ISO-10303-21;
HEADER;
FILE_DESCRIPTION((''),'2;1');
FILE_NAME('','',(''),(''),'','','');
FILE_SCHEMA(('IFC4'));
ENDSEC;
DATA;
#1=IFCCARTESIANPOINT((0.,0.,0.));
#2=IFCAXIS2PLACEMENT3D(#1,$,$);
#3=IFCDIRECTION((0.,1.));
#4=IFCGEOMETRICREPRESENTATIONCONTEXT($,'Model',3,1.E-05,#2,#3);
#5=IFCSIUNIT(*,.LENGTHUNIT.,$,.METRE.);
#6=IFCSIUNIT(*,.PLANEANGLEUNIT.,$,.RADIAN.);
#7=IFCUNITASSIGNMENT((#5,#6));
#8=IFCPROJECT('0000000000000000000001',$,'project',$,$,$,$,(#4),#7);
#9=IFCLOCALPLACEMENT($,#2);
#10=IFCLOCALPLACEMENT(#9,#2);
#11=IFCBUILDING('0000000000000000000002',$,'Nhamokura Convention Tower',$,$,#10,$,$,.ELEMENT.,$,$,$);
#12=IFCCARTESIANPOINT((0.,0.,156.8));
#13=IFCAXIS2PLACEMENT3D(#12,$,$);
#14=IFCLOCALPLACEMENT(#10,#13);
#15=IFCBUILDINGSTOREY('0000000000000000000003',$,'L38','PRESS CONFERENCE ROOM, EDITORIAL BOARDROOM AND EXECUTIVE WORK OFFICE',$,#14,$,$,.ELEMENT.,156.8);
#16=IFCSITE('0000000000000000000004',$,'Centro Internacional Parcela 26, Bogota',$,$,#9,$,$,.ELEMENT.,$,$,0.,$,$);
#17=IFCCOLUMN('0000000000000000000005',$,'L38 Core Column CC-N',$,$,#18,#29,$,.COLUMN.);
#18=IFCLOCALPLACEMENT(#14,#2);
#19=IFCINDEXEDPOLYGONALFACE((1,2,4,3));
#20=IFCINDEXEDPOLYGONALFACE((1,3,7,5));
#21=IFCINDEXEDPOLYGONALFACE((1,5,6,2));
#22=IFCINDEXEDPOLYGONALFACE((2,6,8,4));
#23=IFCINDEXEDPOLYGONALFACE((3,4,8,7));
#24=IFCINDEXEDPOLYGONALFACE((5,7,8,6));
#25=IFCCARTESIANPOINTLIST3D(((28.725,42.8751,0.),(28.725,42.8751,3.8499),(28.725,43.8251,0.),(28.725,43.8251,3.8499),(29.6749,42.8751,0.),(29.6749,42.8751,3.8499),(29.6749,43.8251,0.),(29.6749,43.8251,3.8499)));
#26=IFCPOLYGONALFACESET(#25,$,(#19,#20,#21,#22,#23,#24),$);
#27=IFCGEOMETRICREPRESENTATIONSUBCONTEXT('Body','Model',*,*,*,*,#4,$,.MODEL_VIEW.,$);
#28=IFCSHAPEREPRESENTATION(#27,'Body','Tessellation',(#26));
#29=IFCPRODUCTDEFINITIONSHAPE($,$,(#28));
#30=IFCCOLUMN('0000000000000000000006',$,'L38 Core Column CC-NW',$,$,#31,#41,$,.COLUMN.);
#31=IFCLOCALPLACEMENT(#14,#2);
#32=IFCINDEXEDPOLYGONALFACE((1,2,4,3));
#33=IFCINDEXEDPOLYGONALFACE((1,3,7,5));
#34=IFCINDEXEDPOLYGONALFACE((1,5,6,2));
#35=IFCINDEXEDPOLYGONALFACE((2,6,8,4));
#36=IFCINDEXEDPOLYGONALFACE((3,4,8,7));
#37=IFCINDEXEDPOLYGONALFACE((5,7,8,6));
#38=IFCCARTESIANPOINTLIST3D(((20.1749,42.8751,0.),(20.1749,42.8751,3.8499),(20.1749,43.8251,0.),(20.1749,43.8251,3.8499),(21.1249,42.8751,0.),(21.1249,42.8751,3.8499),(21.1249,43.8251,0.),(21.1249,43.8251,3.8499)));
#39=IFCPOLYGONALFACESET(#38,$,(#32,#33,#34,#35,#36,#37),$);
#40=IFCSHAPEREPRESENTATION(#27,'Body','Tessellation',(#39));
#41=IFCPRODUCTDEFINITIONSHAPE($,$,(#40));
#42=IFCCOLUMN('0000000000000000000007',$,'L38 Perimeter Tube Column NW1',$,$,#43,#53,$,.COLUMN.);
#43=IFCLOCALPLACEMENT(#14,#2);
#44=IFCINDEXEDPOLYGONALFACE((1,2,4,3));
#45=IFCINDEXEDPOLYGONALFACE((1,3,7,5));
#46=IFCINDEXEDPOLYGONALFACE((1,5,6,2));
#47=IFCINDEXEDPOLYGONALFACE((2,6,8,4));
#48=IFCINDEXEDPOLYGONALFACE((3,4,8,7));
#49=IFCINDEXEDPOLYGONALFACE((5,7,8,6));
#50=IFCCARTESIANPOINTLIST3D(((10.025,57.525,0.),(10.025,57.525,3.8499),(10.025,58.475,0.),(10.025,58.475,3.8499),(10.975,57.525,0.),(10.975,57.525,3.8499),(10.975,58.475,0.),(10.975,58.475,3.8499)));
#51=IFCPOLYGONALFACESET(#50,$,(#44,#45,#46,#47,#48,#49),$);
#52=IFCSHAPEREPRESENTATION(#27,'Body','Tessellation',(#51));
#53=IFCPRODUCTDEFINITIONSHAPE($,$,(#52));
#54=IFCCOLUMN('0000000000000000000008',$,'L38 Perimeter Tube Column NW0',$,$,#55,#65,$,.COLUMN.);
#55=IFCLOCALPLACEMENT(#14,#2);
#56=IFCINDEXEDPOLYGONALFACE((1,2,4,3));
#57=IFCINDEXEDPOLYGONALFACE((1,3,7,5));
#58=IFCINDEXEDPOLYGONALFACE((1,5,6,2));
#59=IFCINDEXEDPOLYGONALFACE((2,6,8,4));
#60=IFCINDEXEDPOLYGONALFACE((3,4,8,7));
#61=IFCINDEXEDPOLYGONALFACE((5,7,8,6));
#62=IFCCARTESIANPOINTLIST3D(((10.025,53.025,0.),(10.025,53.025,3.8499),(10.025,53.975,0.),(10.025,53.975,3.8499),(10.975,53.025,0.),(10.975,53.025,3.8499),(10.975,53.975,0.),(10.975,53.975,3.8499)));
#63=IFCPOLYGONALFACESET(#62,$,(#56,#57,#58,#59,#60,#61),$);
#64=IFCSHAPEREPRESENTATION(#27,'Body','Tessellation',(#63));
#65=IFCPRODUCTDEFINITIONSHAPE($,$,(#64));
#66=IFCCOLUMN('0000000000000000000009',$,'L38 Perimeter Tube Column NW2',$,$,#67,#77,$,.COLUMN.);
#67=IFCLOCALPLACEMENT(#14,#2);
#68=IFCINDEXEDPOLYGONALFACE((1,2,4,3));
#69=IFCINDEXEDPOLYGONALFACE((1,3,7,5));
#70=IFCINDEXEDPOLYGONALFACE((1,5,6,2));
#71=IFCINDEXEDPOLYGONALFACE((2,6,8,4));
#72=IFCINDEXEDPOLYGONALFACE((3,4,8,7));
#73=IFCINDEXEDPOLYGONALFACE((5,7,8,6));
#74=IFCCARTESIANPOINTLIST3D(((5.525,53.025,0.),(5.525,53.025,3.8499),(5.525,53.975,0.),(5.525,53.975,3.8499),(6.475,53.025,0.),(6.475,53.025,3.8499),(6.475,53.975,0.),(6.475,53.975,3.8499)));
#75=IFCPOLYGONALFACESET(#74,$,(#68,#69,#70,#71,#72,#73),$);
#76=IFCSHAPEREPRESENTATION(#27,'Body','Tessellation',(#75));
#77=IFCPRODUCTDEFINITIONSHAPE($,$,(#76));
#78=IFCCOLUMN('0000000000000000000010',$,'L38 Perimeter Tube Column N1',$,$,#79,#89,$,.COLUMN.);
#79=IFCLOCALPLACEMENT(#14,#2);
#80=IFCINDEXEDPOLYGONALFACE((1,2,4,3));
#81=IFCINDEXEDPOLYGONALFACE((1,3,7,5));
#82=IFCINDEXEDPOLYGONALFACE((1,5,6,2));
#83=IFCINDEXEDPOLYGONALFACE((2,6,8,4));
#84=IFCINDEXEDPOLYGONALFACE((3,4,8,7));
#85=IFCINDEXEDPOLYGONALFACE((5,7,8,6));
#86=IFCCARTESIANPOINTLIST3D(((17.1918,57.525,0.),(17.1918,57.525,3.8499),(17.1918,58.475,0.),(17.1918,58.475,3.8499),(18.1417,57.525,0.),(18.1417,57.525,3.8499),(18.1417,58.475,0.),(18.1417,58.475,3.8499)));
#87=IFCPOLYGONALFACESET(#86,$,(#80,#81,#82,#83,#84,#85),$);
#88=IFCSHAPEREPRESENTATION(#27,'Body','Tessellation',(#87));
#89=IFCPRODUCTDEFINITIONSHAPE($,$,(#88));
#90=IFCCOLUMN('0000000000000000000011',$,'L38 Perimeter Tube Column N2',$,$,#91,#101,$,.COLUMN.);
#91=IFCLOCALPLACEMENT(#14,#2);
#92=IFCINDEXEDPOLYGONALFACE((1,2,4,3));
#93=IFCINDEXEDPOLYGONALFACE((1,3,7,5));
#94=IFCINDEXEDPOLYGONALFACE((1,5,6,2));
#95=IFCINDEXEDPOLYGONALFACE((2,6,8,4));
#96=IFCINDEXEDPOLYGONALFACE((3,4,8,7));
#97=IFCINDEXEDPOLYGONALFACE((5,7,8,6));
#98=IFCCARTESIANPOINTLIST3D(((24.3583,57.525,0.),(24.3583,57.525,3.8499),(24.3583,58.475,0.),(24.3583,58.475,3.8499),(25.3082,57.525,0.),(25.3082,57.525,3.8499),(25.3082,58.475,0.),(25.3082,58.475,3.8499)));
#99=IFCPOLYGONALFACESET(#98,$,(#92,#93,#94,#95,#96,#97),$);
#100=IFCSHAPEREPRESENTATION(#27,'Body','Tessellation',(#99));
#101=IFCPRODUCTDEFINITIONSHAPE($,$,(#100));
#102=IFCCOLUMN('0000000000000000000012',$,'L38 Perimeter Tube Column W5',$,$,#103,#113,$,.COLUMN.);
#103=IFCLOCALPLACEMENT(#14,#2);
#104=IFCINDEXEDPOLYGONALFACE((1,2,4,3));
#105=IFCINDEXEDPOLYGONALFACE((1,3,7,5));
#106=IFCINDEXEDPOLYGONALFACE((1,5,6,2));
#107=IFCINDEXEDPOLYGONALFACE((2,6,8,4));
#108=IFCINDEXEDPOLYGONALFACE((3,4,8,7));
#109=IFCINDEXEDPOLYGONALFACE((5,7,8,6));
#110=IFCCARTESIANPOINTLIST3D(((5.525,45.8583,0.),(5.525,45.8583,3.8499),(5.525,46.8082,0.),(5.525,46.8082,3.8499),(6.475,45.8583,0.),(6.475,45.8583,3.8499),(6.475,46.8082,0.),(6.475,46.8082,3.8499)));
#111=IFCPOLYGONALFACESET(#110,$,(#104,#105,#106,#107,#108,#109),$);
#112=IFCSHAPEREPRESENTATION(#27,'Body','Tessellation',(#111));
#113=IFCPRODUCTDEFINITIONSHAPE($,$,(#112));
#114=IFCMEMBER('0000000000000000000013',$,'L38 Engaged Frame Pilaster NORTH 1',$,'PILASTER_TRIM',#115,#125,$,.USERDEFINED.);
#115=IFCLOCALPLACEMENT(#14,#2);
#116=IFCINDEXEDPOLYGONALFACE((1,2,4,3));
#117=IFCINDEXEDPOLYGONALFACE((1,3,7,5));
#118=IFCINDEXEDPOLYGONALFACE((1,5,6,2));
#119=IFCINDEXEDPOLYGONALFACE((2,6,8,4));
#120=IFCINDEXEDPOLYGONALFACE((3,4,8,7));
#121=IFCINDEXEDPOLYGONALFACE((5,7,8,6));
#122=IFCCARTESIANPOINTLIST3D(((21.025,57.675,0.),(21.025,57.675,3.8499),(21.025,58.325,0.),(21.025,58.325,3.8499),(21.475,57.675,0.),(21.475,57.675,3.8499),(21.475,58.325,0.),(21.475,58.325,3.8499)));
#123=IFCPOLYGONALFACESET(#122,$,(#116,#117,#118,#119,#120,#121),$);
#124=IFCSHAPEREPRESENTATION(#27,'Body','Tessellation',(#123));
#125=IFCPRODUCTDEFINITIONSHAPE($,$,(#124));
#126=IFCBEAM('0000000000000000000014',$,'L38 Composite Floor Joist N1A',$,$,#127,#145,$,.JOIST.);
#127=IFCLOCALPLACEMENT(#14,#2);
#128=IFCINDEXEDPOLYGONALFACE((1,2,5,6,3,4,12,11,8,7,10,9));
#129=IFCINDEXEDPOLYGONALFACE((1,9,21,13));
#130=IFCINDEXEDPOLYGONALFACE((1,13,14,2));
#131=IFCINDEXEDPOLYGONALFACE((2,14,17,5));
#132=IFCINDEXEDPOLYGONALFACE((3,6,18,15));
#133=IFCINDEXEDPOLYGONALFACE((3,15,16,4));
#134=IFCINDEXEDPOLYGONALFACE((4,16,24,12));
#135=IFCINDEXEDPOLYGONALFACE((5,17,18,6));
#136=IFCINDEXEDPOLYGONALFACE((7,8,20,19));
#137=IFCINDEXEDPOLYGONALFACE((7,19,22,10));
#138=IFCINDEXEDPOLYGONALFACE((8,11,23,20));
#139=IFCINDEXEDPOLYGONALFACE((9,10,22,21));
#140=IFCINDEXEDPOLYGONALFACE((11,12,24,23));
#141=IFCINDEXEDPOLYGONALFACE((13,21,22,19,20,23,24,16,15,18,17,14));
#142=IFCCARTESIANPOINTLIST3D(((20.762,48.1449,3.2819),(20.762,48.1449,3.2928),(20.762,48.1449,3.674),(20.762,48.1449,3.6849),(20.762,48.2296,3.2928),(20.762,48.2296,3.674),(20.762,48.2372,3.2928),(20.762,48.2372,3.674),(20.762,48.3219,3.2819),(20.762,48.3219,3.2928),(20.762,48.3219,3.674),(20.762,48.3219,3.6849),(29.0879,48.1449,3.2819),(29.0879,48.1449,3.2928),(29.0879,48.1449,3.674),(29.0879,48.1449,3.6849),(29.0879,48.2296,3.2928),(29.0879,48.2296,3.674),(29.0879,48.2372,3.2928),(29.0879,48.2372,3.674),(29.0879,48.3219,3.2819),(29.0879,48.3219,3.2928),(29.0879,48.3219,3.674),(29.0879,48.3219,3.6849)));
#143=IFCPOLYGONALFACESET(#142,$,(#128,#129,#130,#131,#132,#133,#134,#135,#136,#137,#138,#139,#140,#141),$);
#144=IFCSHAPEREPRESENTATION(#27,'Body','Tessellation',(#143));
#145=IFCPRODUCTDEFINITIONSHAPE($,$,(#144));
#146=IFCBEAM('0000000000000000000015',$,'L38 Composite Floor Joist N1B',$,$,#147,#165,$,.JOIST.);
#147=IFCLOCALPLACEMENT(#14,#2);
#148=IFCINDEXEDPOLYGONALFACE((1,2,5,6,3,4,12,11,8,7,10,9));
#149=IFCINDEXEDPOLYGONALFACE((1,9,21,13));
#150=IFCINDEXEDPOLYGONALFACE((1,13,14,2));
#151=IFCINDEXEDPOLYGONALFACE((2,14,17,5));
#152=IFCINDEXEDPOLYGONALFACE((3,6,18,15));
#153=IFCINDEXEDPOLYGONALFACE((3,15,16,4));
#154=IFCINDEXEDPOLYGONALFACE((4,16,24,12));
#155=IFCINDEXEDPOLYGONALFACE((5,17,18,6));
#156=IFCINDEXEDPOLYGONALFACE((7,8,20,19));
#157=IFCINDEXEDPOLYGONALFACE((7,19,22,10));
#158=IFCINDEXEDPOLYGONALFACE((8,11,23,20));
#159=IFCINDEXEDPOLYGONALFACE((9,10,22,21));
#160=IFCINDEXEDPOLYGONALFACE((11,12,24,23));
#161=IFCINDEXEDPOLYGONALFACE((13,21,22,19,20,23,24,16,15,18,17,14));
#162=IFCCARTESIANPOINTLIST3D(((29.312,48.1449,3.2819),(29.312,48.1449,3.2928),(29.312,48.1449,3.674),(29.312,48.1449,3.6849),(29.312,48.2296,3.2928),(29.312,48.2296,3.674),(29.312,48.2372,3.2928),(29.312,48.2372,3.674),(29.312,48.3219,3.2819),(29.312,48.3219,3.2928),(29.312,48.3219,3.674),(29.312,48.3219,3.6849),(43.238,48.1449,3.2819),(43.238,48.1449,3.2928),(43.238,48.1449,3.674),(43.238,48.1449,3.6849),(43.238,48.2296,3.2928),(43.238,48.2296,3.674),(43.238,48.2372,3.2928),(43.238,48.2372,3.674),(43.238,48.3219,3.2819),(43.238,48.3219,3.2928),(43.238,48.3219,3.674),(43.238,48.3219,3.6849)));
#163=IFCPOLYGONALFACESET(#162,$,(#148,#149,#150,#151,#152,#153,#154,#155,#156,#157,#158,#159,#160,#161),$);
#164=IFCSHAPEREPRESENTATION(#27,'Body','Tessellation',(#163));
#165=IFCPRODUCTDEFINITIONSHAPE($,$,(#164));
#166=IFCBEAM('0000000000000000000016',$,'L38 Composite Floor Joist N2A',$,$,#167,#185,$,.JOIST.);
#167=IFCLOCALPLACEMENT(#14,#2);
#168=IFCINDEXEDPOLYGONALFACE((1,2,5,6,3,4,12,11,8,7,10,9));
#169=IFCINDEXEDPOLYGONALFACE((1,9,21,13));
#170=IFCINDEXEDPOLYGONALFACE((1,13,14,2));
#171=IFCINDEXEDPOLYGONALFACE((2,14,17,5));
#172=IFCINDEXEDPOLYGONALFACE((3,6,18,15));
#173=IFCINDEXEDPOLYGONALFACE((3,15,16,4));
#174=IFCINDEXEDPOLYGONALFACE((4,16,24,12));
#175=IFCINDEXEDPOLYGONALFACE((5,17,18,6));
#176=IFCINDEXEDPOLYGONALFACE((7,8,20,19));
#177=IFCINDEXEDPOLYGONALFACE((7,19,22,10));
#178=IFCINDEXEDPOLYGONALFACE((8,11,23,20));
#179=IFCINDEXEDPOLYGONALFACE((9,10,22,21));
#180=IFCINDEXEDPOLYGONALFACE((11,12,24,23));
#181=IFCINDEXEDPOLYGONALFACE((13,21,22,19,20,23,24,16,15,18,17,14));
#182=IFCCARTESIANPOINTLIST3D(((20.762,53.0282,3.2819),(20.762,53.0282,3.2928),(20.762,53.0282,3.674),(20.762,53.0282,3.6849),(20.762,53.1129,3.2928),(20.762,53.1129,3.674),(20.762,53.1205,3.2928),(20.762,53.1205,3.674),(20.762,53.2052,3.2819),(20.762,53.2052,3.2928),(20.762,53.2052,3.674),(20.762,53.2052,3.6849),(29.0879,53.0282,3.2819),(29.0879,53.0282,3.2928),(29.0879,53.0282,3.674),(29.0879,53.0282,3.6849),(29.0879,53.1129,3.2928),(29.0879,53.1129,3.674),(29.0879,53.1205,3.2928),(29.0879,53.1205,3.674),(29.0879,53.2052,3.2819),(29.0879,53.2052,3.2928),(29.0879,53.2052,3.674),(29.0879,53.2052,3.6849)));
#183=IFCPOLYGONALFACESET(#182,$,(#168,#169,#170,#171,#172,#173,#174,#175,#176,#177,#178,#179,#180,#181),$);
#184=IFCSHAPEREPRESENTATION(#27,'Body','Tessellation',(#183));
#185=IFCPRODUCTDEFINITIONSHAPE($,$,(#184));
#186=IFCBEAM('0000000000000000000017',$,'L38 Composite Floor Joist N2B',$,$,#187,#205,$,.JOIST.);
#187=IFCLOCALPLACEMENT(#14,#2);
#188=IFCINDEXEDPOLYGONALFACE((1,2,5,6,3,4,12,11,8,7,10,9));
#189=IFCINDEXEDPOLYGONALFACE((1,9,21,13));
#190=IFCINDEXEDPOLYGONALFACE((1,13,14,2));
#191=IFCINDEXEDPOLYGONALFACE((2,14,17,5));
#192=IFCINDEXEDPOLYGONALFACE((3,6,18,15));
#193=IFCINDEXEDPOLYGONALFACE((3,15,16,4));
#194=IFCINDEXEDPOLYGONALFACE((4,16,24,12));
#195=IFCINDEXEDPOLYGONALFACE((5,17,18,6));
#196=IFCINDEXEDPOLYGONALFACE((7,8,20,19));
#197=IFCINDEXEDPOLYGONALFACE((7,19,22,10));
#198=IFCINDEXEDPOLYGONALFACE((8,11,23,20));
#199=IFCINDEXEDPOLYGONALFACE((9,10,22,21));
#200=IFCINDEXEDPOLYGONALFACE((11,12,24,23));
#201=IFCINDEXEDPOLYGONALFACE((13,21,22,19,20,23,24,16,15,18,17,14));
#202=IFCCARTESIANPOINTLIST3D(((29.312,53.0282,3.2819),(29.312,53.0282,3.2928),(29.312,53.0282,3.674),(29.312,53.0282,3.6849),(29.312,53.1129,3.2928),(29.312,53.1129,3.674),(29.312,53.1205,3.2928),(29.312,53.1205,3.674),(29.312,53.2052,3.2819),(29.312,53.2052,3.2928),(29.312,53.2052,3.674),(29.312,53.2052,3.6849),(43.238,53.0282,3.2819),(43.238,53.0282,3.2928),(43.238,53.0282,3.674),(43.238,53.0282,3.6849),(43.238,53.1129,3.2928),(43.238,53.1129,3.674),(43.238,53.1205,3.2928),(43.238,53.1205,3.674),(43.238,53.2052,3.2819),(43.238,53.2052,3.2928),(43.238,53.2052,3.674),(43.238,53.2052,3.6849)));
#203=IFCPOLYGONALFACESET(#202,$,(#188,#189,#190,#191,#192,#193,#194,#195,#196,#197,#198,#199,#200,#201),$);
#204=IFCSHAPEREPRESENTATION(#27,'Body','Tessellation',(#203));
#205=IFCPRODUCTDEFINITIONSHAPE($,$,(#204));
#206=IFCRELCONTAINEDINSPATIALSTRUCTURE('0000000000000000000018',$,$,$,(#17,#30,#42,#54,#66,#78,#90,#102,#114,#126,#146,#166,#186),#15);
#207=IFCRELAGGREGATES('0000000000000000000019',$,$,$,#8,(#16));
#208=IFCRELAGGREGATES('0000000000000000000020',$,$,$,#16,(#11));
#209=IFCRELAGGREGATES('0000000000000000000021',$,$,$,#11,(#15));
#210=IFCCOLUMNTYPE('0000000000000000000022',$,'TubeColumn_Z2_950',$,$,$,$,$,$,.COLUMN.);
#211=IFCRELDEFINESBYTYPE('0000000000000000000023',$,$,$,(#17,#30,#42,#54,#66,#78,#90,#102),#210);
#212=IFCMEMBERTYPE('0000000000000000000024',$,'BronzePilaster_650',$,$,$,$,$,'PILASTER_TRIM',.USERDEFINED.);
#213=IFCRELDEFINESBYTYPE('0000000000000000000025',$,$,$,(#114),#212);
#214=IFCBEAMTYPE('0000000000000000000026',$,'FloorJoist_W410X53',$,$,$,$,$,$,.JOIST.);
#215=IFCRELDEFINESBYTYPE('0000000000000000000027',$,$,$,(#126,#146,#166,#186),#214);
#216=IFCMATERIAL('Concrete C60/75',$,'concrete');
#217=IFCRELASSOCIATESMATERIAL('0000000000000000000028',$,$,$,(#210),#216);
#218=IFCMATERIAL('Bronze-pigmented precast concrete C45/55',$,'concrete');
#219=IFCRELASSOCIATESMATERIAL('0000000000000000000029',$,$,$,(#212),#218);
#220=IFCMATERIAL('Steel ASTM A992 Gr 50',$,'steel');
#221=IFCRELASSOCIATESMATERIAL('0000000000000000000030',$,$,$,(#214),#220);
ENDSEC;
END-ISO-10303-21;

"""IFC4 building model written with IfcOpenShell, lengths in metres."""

from ifc_helpers import new_model, si_unit, direction, frame, origin, origin_2d, place, context, subcontext, project, spatial, rectangle, i_section, extrude, material, material_profile, profile_set, type_object, element, save


model = new_model("IFC4")

# Units and contexts
model_context = context("Model", 3, precision=1e-05, world=origin(), true_north=direction((0.0, 1.0)))
body_context = subcontext(model_context, "Body", "Model", "MODEL_VIEW")
ifc_project = project(units=[si_unit("LENGTHUNIT", "METRE"), si_unit("PLANEANGLEUNIT", "RADIAN")], contexts=[model_context])

# Site, building, storey
site_placement = place(None, origin())
site = spatial("IfcSite", under=ifc_project, at=site_placement, Name="Centro Internacional Parcela 26, Bogota", CompositionType="ELEMENT", RefElevation=0.0)
building_placement = place(site_placement, origin())
building = spatial("IfcBuilding", under=site, at=building_placement, Name="Nhamokura Convention Tower", CompositionType="ELEMENT")
storey_placement = place(building_placement, frame((0.0, 0.0, 156.8)))
storey = spatial("IfcBuildingStorey", under=building, at=storey_placement, Name="L38", Description="PRESS CONFERENCE ROOM, EDITORIAL BOARDROOM AND EXECUTIVE WORK OFFICE", CompositionType="ELEMENT", Elevation=156.8)

# Columns
ifc_material_1 = material(Name="Concrete C60/75", Category="concrete")
ifc_material_profile_1 = material_profile(ifc_material_1, rectangle(XDim=0.95, YDim=0.95, at=origin_2d()))
ifc_profile_set_1 = profile_set([ifc_material_profile_1], Name="Concrete C60/75")
column_type = type_object("IfcColumnType", Name="TubeColumn_Z2_950", PredefinedType="COLUMN", material=ifc_profile_set_1)
for number, where, z_axis, x_axis, name in (
    (1, (29.2, 43.3501, 0.0), (0.0, 0.0, 1.0), (1.0, 0.0, 0.0), "L38 Core Column CC-N"),
    (2, (20.6499, 43.3501, 0.0), (0.0, 0.0, 1.0), (1.0, 0.0, 0.0), "L38 Core Column CC-NW"),
    (3, (10.5, 58.0, 0.0), (0.0, 0.0, 1.0), (1.0, 0.0, 0.0), "L38 Perimeter Tube Column NW1"),
    (4, (10.5, 53.5, 0.0), (0.0, 0.0, 1.0), (1.0, 0.0, 0.0), "L38 Perimeter Tube Column NW0"),
    (5, (6.0, 53.5, 0.0), (0.0, 0.0, 1.0), (1.0, 0.0, 0.0), "L38 Perimeter Tube Column NW2"),
    (6, (17.6667, 58.0, 0.0), (0.0, 0.0, 1.0), (1.0, 0.0, 0.0), "L38 Perimeter Tube Column N1"),
    (7, (24.8333, 58.0, 0.0), (0.0, 0.0, 1.0), (1.0, 0.0, 0.0), "L38 Perimeter Tube Column N2"),
    (8, (6.0, 46.3333, 0.0), (0.0, 0.0, 1.0), (1.0, 0.0, 0.0), "L38 Perimeter Tube Column W5"),
):
    element("IfcColumn", number, at=place(storey_placement, frame(where, z_axis=z_axis, x_axis=x_axis)), inside=storey, type_object=column_type, Name=name, PredefinedType="COLUMN", context=body_context, shape_type="SweptSolid", body=[
        extrude(rectangle(XDim=0.95, YDim=0.95, at=origin_2d()), origin(), (0.0, 0.0, 1.0), 3.8499),
    ])

# Member
ifc_material_2 = material(Name="Bronze-pigmented precast concrete C45/55", Category="concrete")
ifc_material_profile_2 = material_profile(ifc_material_2, rectangle(XDim=0.45, YDim=0.6499, at=origin_2d()))
ifc_profile_set_2 = profile_set([ifc_material_profile_2], Name="Bronze-pigmented precast concrete C45/55")
member_type_1 = type_object("IfcMemberType", Name="BronzePilaster_650", ElementType="PILASTER_TRIM", PredefinedType="USERDEFINED", material=ifc_profile_set_2)
member_placement = place(storey_placement, frame((21.25, 58.0, 0.0), z_axis=(0.0, 0.0, 1.0), x_axis=(1.0, 0.0, 0.0)))
element("IfcMember", 9, at=member_placement, inside=storey, type_object=member_type_1, Name="L38 Engaged Frame Pilaster NORTH 1", ObjectType="PILASTER_TRIM", PredefinedType="USERDEFINED", context=body_context, shape_type="SweptSolid", body=[
    extrude(rectangle(XDim=0.45, YDim=0.6499, at=origin_2d()), origin(), (0.0, 0.0, 1.0), 3.8499),
])

# Beams
ifc_material_3 = material(Name="Steel ASTM A992 Gr 50", Category="steel")
ifc_material_profile_3 = material_profile(ifc_material_3, i_section(OverallWidth=0.177, OverallDepth=0.4031, WebThickness=0.0076, FlangeThickness=0.011, at=origin_2d()))
ifc_profile_set_3 = profile_set([ifc_material_profile_3], Name="Steel ASTM A992 Gr 50")
beam_type_1 = type_object("IfcBeamType", Name="FloorJoist_W410X53", PredefinedType="JOIST", material=ifc_profile_set_3)
beam_1_placement = place(storey_placement, frame((20.762, 48.2334, 3.4834), z_axis=(1.0, 0.0, 0.0), x_axis=(0.0, 1.0, 0.0)))
element("IfcBeam", 10, at=beam_1_placement, inside=storey, type_object=beam_type_1, Name="L38 Composite Floor Joist N1A", PredefinedType="JOIST", context=body_context, shape_type="SweptSolid", body=[
    extrude(i_section(OverallWidth=0.177, OverallDepth=0.4031, WebThickness=0.0076, FlangeThickness=0.011, at=origin_2d()), origin(), (0.0, 0.0, 1.0), 8.3259),
])
beam_2_placement = place(storey_placement, frame((29.312, 48.2334, 3.4834), z_axis=(1.0, 0.0, 0.0), x_axis=(0.0, 1.0, 0.0)))
element("IfcBeam", 11, at=beam_2_placement, inside=storey, type_object=beam_type_1, Name="L38 Composite Floor Joist N1B", PredefinedType="JOIST", context=body_context, shape_type="SweptSolid", body=[
    extrude(i_section(OverallWidth=0.177, OverallDepth=0.4031, WebThickness=0.0076, FlangeThickness=0.011, at=origin_2d()), origin(), (0.0, 0.0, 1.0), 13.926),
])
beam_3_placement = place(storey_placement, frame((20.762, 53.1167, 3.4834), z_axis=(1.0, 0.0, 0.0), x_axis=(0.0, 1.0, 0.0)))
element("IfcBeam", 12, at=beam_3_placement, inside=storey, type_object=beam_type_1, Name="L38 Composite Floor Joist N2A", PredefinedType="JOIST", context=body_context, shape_type="SweptSolid", body=[
    extrude(i_section(OverallWidth=0.177, OverallDepth=0.4031, WebThickness=0.0076, FlangeThickness=0.011, at=origin_2d()), origin(), (0.0, 0.0, 1.0), 8.3259),
])
beam_4_placement = place(storey_placement, frame((29.312, 53.1167, 3.4834), z_axis=(1.0, 0.0, 0.0), x_axis=(0.0, 1.0, 0.0)))
element("IfcBeam", 13, at=beam_4_placement, inside=storey, type_object=beam_type_1, Name="L38 Composite Floor Joist N2B", PredefinedType="JOIST", context=body_context, shape_type="SweptSolid", body=[
    extrude(i_section(OverallWidth=0.177, OverallDepth=0.4031, WebThickness=0.0076, FlangeThickness=0.011, at=origin_2d()), origin(), (0.0, 0.0, 1.0), 13.926),
])

save(model, "model.ifc")
